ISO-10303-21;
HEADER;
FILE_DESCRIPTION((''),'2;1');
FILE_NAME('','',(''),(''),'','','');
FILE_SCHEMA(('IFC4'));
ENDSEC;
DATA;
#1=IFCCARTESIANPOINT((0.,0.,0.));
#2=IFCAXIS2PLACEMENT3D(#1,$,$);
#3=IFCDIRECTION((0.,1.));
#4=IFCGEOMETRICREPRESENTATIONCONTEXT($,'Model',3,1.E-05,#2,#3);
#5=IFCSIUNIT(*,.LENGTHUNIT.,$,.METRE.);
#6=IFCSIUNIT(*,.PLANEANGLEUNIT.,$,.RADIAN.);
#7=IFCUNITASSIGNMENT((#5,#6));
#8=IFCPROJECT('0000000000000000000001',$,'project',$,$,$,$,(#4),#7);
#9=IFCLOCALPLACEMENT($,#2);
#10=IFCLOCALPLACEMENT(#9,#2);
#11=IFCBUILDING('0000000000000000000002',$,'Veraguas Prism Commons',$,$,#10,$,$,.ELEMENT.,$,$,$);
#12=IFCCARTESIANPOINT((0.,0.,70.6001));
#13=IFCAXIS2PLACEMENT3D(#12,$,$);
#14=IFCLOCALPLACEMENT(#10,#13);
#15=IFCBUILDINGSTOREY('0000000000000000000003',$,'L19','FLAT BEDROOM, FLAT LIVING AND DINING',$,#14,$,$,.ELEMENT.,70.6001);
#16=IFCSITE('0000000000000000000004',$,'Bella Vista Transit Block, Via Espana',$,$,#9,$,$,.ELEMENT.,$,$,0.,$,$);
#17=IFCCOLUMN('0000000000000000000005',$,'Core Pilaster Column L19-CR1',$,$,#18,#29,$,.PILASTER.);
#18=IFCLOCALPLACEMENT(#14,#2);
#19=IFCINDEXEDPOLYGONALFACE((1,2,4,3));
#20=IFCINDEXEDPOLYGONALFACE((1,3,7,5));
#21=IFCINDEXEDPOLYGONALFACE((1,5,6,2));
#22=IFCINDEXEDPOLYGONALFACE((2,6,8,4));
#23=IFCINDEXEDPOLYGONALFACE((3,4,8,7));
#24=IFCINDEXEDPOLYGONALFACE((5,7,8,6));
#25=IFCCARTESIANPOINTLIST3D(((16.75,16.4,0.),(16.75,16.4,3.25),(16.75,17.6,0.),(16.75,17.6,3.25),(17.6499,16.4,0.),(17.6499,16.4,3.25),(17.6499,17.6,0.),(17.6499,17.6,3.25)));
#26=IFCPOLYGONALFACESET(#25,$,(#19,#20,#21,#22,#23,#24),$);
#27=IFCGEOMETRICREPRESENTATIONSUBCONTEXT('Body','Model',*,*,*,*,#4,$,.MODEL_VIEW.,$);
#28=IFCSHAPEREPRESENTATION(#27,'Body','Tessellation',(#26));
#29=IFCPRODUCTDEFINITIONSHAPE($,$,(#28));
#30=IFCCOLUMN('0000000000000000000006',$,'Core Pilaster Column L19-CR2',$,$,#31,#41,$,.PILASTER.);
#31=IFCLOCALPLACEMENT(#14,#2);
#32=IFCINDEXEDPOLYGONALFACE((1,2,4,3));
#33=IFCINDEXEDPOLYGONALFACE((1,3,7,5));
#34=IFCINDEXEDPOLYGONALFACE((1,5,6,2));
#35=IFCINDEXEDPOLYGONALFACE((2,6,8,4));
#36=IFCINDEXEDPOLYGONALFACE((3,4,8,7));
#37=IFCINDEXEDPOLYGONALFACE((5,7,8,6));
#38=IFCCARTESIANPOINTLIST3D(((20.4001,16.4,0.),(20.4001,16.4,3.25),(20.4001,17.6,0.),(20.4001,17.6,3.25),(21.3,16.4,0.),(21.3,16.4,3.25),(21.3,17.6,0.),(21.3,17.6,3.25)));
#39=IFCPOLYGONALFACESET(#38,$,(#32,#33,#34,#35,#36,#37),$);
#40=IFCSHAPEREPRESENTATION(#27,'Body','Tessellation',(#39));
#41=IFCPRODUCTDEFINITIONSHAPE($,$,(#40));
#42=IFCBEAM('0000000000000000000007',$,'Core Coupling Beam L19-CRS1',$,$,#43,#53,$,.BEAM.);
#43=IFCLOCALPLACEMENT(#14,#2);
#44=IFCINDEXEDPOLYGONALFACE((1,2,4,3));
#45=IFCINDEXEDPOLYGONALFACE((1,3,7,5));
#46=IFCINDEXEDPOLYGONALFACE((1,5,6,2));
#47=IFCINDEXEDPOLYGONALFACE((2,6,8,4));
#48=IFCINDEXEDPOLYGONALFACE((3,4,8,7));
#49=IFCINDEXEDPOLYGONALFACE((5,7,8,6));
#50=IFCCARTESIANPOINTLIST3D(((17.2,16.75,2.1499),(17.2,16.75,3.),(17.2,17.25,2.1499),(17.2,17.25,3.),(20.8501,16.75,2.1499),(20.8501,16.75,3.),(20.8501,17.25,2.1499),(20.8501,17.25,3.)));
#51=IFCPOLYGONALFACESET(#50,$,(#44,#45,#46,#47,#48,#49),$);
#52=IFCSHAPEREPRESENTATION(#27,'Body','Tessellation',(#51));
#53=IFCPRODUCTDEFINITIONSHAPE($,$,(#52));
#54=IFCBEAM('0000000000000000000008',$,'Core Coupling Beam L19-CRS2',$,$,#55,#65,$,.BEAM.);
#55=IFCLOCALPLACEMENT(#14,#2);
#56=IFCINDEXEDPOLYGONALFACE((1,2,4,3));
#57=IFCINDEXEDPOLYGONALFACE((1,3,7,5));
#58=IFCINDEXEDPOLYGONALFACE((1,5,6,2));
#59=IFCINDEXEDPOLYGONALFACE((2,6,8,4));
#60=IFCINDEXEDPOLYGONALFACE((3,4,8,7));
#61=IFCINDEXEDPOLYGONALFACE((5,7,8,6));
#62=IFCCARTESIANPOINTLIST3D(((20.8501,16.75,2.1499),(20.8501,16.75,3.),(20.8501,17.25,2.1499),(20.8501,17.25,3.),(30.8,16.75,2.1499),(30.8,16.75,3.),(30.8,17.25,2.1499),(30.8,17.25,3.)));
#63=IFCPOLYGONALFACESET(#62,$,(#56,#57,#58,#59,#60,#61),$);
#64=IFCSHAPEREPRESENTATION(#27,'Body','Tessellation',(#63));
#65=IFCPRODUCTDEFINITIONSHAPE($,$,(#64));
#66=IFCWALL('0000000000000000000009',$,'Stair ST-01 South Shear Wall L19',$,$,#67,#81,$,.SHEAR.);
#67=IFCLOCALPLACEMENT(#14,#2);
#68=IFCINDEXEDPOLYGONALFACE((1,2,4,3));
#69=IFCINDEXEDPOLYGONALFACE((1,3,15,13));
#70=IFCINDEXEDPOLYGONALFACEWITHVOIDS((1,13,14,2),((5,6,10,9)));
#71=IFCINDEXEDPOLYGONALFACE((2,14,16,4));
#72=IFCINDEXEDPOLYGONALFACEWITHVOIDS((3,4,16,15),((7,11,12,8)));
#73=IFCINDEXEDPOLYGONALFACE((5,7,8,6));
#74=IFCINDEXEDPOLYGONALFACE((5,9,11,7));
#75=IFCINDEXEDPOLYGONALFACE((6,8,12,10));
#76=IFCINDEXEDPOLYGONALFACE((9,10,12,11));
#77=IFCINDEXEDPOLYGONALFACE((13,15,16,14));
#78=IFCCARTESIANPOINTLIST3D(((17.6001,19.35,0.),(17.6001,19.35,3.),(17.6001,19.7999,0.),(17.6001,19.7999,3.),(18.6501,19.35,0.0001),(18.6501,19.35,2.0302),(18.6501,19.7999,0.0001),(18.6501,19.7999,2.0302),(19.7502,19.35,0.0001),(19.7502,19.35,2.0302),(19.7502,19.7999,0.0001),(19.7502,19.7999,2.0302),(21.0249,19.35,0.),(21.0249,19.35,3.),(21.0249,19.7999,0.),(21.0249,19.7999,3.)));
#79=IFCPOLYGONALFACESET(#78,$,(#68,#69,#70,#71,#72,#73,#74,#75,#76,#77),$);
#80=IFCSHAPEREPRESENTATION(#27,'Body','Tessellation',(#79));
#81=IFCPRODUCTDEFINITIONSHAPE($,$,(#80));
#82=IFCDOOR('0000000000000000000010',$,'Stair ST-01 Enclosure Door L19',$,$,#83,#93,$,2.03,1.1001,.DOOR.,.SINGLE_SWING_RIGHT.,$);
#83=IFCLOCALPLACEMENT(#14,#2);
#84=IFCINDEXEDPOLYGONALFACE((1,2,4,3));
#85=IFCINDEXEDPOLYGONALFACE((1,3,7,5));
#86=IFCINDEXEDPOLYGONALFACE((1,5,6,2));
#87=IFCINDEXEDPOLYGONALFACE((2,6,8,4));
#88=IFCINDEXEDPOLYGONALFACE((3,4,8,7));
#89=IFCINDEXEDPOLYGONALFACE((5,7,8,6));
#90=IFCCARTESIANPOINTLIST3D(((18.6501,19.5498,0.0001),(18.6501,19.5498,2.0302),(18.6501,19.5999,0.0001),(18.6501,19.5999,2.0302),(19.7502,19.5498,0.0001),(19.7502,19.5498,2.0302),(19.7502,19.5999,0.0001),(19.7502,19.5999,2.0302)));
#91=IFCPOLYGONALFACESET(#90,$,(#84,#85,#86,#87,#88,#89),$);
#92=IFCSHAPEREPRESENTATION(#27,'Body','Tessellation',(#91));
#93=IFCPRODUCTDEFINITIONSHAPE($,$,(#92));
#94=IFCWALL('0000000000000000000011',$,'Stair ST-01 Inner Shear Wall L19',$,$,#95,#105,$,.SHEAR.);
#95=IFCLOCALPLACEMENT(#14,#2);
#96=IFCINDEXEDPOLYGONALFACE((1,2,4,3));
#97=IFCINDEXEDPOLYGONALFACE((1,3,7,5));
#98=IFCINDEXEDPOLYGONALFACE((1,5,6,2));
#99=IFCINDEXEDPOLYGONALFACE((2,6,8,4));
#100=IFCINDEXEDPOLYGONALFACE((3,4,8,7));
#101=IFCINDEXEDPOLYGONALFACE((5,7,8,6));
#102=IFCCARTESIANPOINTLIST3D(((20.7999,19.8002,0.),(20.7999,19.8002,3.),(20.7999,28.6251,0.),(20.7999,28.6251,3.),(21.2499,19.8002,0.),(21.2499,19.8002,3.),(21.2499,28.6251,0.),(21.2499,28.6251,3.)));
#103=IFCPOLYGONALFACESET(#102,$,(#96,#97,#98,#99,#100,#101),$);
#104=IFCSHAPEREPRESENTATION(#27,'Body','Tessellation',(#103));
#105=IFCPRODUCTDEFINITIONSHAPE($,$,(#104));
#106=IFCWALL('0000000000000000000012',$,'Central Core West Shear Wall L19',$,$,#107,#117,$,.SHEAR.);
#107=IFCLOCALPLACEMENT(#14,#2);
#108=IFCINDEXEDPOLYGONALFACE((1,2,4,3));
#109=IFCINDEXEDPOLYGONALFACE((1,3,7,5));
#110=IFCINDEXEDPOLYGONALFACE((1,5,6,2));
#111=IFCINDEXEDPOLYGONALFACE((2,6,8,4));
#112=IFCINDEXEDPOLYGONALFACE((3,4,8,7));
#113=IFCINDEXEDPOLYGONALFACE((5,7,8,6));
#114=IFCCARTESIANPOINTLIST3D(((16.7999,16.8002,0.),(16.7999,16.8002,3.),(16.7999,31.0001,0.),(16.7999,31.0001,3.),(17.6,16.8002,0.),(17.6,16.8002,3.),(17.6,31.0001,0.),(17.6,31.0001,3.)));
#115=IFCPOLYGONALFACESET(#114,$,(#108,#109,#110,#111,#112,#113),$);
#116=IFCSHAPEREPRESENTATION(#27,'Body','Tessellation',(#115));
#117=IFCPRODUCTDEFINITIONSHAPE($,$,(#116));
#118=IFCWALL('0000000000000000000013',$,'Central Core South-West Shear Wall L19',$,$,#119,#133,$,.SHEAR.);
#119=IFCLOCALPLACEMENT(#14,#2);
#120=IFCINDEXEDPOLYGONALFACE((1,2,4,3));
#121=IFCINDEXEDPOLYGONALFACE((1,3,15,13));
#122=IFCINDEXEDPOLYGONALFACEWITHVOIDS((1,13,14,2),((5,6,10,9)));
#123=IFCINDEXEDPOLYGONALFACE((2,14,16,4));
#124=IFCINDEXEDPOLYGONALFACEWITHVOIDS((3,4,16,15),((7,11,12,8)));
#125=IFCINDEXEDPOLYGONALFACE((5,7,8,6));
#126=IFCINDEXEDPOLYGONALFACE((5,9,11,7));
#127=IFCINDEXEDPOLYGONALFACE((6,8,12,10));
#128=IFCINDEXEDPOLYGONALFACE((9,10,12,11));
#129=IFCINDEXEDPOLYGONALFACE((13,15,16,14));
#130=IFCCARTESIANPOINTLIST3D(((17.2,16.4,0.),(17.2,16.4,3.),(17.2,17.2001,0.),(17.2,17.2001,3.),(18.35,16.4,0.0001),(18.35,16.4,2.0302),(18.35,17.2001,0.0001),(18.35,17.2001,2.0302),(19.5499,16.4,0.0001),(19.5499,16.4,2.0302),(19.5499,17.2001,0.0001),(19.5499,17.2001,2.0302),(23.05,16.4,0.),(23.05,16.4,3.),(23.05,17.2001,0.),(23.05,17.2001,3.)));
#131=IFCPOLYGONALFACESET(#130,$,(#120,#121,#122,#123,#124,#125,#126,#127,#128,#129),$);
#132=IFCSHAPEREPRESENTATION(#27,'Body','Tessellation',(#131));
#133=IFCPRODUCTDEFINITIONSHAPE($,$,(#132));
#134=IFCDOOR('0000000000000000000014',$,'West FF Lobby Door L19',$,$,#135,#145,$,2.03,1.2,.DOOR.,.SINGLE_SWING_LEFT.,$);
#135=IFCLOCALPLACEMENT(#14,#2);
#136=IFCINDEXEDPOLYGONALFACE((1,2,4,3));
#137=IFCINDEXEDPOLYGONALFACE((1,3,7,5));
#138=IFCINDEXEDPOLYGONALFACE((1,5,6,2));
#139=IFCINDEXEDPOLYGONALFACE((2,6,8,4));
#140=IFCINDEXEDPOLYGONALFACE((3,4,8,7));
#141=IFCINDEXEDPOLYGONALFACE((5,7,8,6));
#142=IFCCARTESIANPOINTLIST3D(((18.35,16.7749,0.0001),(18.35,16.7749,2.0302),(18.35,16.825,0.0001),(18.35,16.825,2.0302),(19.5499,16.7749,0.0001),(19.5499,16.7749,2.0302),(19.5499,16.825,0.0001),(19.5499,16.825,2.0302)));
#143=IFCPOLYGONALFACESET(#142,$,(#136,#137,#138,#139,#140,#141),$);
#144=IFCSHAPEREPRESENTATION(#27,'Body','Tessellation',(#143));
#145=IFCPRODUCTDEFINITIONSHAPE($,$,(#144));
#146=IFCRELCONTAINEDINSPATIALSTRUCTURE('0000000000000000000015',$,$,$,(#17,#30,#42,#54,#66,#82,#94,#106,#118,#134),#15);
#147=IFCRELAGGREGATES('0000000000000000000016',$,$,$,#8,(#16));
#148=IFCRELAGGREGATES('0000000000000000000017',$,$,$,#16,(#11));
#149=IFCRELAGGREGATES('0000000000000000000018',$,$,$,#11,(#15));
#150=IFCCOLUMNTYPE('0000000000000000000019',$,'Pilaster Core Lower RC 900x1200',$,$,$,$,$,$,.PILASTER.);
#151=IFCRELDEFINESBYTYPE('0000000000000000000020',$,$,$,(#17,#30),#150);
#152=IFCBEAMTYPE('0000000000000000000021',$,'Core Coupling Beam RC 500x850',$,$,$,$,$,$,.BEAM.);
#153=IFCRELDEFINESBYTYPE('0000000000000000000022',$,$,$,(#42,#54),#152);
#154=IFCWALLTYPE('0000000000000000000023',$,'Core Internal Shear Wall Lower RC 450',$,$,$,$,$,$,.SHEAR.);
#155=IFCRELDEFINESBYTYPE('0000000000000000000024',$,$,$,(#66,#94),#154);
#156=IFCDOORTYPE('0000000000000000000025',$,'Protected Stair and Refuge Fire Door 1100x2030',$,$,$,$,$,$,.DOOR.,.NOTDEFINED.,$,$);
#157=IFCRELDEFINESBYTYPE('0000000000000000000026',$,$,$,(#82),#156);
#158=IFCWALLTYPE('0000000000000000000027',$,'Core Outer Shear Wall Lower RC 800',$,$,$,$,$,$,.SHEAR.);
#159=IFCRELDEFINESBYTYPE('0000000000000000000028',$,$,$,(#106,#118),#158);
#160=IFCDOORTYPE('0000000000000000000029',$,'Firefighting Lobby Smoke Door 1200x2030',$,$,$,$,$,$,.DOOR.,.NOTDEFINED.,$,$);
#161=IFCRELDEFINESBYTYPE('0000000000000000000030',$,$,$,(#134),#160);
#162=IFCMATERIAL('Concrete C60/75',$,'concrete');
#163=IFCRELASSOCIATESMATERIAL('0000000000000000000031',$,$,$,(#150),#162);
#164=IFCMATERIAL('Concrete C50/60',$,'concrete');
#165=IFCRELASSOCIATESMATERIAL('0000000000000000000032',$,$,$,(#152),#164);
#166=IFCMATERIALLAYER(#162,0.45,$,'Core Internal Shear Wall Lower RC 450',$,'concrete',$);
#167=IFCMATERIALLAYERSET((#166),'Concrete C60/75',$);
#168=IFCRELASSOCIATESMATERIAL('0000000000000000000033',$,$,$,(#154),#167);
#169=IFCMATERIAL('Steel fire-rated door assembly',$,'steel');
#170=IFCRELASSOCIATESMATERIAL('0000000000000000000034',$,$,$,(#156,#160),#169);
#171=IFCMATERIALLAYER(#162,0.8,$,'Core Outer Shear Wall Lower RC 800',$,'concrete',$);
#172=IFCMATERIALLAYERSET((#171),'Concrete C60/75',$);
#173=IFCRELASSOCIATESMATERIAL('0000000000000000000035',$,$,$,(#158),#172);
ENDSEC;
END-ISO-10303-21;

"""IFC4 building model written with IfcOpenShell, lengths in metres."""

from ifc_helpers import new_model, si_unit, direction, frame, frame_2d, origin, origin_2d, place, context, subcontext, project, spatial, rectangle, extrude, source, transform, mapped, material, layer, layer_set, material_profile, profile_set, type_object, element, fill, save


model = new_model("IFC4")

# Units and contexts
model_context = context("Model", 3, precision=1e-05, world=origin(), true_north=direction((0.0, 1.0)))
body_context = subcontext(model_context, "Body", "Model", "MODEL_VIEW")
ifc_project = project(units=[si_unit("LENGTHUNIT", "METRE"), si_unit("PLANEANGLEUNIT", "RADIAN")], contexts=[model_context])

# Site, building, storey
site_placement = place(None, origin())
site = spatial("IfcSite", under=ifc_project, at=site_placement, Name="Bella Vista Transit Block, Via Espana", CompositionType="ELEMENT", RefElevation=0.0)
building_placement = place(site_placement, origin())
building = spatial("IfcBuilding", under=site, at=building_placement, Name="Veraguas Prism Commons", CompositionType="ELEMENT")
storey_placement = place(building_placement, frame((0.0, 0.0, 70.6001)))
storey = spatial("IfcBuildingStorey", under=building, at=storey_placement, Name="L19", Description="FLAT BEDROOM, FLAT LIVING AND DINING", CompositionType="ELEMENT", Elevation=70.6001)

# Columns
ifc_material_1 = material(Name="Concrete C60/75", Category="concrete")
ifc_material_profile_1 = material_profile(ifc_material_1, rectangle(XDim=0.8999, YDim=1.2, at=origin_2d()), Name="RC900X1200")
ifc_profile_set_1 = profile_set([ifc_material_profile_1], Name="Concrete C60/75")
column_type = type_object("IfcColumnType", Name="Pilaster Core Lower RC 900x1200", PredefinedType="PILASTER", material=ifc_profile_set_1)
for number, where, z_axis, x_axis, name in (
    (1, (17.2, 17.0, 0.0), (0.0, 0.0, 1.0), (1.0, 0.0, 0.0), "Core Pilaster Column L19-CR1"),
    (2, (20.8501, 17.0, 0.0), (0.0, 0.0, 1.0), (1.0, 0.0, 0.0), "Core Pilaster Column L19-CR2"),
):
    element("IfcColumn", number, at=place(storey_placement, frame(where, z_axis=z_axis, x_axis=x_axis)), inside=storey, type_object=column_type, Name=name, PredefinedType="PILASTER", context=body_context, shape_type="SweptSolid", body=[
        extrude(rectangle(XDim=0.8999, YDim=1.2, at=origin_2d()), origin(), (0.0, 0.0, 1.0), 3.25),
    ])

# Beams
ifc_material_2 = material(Name="Concrete C50/60", Category="concrete")
ifc_material_profile_2 = material_profile(ifc_material_2, rectangle(XDim=0.5, YDim=0.8501, at=origin_2d()), Name="RC500X850")
ifc_profile_set_2 = profile_set([ifc_material_profile_2], Name="Concrete C50/60")
beam_type = type_object("IfcBeamType", Name="Core Coupling Beam RC 500x850", PredefinedType="BEAM", material=ifc_profile_set_2)
beam_1_placement = place(storey_placement, frame((17.2, 17.0, 2.575), z_axis=(1.0, 0.0, 0.0), x_axis=(0.0, 1.0, 0.0)))
element("IfcBeam", 3, at=beam_1_placement, inside=storey, type_object=beam_type, Name="Core Coupling Beam L19-CRS1", PredefinedType="BEAM", context=body_context, shape_type="SweptSolid", body=[
    extrude(rectangle(XDim=0.5, YDim=0.8501, at=origin_2d()), origin(), (0.0, 0.0, 1.0), 3.6501),
])
beam_2_placement = place(storey_placement, frame((20.8501, 17.0, 2.575), z_axis=(1.0, 0.0, 0.0), x_axis=(0.0, 1.0, 0.0)))
element("IfcBeam", 4, at=beam_2_placement, inside=storey, type_object=beam_type, Name="Core Coupling Beam L19-CRS2", PredefinedType="BEAM", context=body_context, shape_type="SweptSolid", body=[
    extrude(rectangle(XDim=0.5, YDim=0.8501, at=origin_2d()), origin(), (0.0, 0.0, 1.0), 9.95),
])

# Wall, opening, door
ifc_layer_1 = layer(ifc_material_1, 0.45, Name="Core Internal Shear Wall Lower RC 450", Category="concrete")
ifc_layer_set_1 = layer_set([ifc_layer_1], Name="Concrete C60/75")
wall_type_1 = type_object("IfcWallType", Name="Core Internal Shear Wall Lower RC 450", PredefinedType="SHEAR", material=ifc_layer_set_1)
wall_1_placement = place(storey_placement, frame((17.6001, 19.575, 0.0), z_axis=(0.0, 0.0, 1.0), x_axis=(1.0, 0.0, 0.0)))
wall_1 = element("IfcWall", 5, at=wall_1_placement, inside=storey, type_object=wall_type_1, Name="Stair ST-01 South Shear Wall L19", PredefinedType="SHEAR", context=body_context, shape_type="SweptSolid", body=[
    extrude(rectangle(XDim=3.4248, YDim=0.45, at=frame_2d((1.7124, 0.0))), origin(), (0.0, 0.0, 1.0), 3.0),
])
opening_1_placement = place(wall_1_placement, frame((1.05, 0.0, 0.0)))
opening_1 = element("IfcOpeningElement", 6, at=opening_1_placement, cuts=wall_1, PredefinedType="OPENING", context=body_context, shape_type="SweptSolid", body=[
    extrude(rectangle(XDim=1.1001, YDim=2.03, at=frame_2d((0.55, 1.0151))), frame((0.0, 0.2349, 0.0), z_axis=(0.0, -1.0, 0.0), x_axis=(1.0, 0.0, 0.0)), (0.0, 0.0, 1.0), 0.47),
])
ifc_material_3 = material(Name="Steel fire-rated door assembly", Category="steel")
door_type_1 = type_object("IfcDoorType", Name="Protected Stair and Refuge Fire Door 1100x2030", OperationType="NOTDEFINED", PredefinedType="DOOR", material=ifc_material_3)
shared_shape_1 = source(origin(), body_context, "Body", "SweptSolid", [
    extrude(rectangle(XDim=1.1001, YDim=2.03, at=frame_2d((0.55, 1.0151))), frame((0.0, 0.0249, 0.0), z_axis=(0.0, -1.0, 0.0), x_axis=(1.0, 0.0, 0.0)), (0.0, 0.0, 1.0), 0.05),
])
door_1_placement = place(opening_1_placement, origin())
door_1 = element("IfcDoor", 7, at=door_1_placement, inside=storey, type_object=door_type_1, Name="Stair ST-01 Enclosure Door L19", OperationType="SINGLE_SWING_RIGHT", OverallHeight=2.03, OverallWidth=1.1001, PredefinedType="DOOR", context=body_context, shape_type="MappedRepresentation", body=[
    mapped(shared_shape_1, transform((0.0, 0.0, 0.0), scale=1.0)),
])
fill(opening_1, door_1)

# Walls
wall_2_placement = place(storey_placement, frame((21.0249, 19.8, 0.0), z_axis=(0.0, 0.0, 1.0), x_axis=(0.0, 1.0, 0.0)))
element("IfcWall", 8, at=wall_2_placement, inside=storey, type_object=wall_type_1, Name="Stair ST-01 Inner Shear Wall L19", PredefinedType="SHEAR", context=body_context, shape_type="SweptSolid", body=[
    extrude(rectangle(XDim=8.825, YDim=0.45, at=frame_2d((4.4126, 0.0))), origin(), (0.0, 0.0, 1.0), 3.0),
])
ifc_layer_2 = layer(ifc_material_1, 0.8, Name="Core Outer Shear Wall Lower RC 800", Category="concrete")
ifc_layer_set_2 = layer_set([ifc_layer_2], Name="Concrete C60/75")
wall_type_2 = type_object("IfcWallType", Name="Core Outer Shear Wall Lower RC 800", PredefinedType="SHEAR", material=ifc_layer_set_2)
wall_3_placement = place(storey_placement, frame((17.2, 16.8, 0.0), z_axis=(0.0, 0.0, 1.0), x_axis=(0.0, 1.0, 0.0)))
element("IfcWall", 9, at=wall_3_placement, inside=storey, type_object=wall_type_2, Name="Central Core West Shear Wall L19", PredefinedType="SHEAR", context=body_context, shape_type="SweptSolid", body=[
    extrude(rectangle(XDim=14.2, YDim=0.8, at=frame_2d((7.1001, 0.0))), origin(), (0.0, 0.0, 1.0), 3.0),
])

# Wall, opening, door
wall_4_placement = place(storey_placement, frame((17.2, 16.8, 0.0), z_axis=(0.0, 0.0, 1.0), x_axis=(1.0, 0.0, 0.0)))
wall_4 = element("IfcWall", 10, at=wall_4_placement, inside=storey, type_object=wall_type_2, Name="Central Core South-West Shear Wall L19", PredefinedType="SHEAR", context=body_context, shape_type="SweptSolid", body=[
    extrude(rectangle(XDim=5.8501, YDim=0.8, at=frame_2d((2.925, 0.0))), origin(), (0.0, 0.0, 1.0), 3.0),
])
opening_2_placement = place(wall_4_placement, frame((1.1499, 0.0, 0.0)))
opening_2 = element("IfcOpeningElement", 11, at=opening_2_placement, cuts=wall_4, PredefinedType="OPENING", context=body_context, shape_type="SweptSolid", body=[
    extrude(rectangle(XDim=1.2, YDim=2.03, at=frame_2d((0.6001, 1.0151))), frame((0.0, 0.4099, 0.0), z_axis=(0.0, -1.0, 0.0), x_axis=(1.0, 0.0, 0.0)), (0.0, 0.0, 1.0), 0.8201),
])
door_type_2 = type_object("IfcDoorType", Name="Firefighting Lobby Smoke Door 1200x2030", OperationType="NOTDEFINED", PredefinedType="DOOR", material=ifc_material_3)
shared_shape_2 = source(origin(), body_context, "Body", "SweptSolid", [
    extrude(rectangle(XDim=1.2, YDim=2.03, at=frame_2d((0.6001, 1.0151))), frame((0.0, 0.0249, 0.0), z_axis=(0.0, -1.0, 0.0), x_axis=(1.0, 0.0, 0.0)), (0.0, 0.0, 1.0), 0.05),
])
door_2_placement = place(opening_2_placement, origin())
door_2 = element("IfcDoor", 12, at=door_2_placement, inside=storey, type_object=door_type_2, Name="West FF Lobby Door L19", OperationType="SINGLE_SWING_LEFT", OverallHeight=2.03, OverallWidth=1.2, PredefinedType="DOOR", context=body_context, shape_type="MappedRepresentation", body=[
    mapped(shared_shape_2, transform((0.0, 0.0, 0.0), scale=1.0)),
])
fill(opening_2, door_2)

save(model, "model.ifc")
